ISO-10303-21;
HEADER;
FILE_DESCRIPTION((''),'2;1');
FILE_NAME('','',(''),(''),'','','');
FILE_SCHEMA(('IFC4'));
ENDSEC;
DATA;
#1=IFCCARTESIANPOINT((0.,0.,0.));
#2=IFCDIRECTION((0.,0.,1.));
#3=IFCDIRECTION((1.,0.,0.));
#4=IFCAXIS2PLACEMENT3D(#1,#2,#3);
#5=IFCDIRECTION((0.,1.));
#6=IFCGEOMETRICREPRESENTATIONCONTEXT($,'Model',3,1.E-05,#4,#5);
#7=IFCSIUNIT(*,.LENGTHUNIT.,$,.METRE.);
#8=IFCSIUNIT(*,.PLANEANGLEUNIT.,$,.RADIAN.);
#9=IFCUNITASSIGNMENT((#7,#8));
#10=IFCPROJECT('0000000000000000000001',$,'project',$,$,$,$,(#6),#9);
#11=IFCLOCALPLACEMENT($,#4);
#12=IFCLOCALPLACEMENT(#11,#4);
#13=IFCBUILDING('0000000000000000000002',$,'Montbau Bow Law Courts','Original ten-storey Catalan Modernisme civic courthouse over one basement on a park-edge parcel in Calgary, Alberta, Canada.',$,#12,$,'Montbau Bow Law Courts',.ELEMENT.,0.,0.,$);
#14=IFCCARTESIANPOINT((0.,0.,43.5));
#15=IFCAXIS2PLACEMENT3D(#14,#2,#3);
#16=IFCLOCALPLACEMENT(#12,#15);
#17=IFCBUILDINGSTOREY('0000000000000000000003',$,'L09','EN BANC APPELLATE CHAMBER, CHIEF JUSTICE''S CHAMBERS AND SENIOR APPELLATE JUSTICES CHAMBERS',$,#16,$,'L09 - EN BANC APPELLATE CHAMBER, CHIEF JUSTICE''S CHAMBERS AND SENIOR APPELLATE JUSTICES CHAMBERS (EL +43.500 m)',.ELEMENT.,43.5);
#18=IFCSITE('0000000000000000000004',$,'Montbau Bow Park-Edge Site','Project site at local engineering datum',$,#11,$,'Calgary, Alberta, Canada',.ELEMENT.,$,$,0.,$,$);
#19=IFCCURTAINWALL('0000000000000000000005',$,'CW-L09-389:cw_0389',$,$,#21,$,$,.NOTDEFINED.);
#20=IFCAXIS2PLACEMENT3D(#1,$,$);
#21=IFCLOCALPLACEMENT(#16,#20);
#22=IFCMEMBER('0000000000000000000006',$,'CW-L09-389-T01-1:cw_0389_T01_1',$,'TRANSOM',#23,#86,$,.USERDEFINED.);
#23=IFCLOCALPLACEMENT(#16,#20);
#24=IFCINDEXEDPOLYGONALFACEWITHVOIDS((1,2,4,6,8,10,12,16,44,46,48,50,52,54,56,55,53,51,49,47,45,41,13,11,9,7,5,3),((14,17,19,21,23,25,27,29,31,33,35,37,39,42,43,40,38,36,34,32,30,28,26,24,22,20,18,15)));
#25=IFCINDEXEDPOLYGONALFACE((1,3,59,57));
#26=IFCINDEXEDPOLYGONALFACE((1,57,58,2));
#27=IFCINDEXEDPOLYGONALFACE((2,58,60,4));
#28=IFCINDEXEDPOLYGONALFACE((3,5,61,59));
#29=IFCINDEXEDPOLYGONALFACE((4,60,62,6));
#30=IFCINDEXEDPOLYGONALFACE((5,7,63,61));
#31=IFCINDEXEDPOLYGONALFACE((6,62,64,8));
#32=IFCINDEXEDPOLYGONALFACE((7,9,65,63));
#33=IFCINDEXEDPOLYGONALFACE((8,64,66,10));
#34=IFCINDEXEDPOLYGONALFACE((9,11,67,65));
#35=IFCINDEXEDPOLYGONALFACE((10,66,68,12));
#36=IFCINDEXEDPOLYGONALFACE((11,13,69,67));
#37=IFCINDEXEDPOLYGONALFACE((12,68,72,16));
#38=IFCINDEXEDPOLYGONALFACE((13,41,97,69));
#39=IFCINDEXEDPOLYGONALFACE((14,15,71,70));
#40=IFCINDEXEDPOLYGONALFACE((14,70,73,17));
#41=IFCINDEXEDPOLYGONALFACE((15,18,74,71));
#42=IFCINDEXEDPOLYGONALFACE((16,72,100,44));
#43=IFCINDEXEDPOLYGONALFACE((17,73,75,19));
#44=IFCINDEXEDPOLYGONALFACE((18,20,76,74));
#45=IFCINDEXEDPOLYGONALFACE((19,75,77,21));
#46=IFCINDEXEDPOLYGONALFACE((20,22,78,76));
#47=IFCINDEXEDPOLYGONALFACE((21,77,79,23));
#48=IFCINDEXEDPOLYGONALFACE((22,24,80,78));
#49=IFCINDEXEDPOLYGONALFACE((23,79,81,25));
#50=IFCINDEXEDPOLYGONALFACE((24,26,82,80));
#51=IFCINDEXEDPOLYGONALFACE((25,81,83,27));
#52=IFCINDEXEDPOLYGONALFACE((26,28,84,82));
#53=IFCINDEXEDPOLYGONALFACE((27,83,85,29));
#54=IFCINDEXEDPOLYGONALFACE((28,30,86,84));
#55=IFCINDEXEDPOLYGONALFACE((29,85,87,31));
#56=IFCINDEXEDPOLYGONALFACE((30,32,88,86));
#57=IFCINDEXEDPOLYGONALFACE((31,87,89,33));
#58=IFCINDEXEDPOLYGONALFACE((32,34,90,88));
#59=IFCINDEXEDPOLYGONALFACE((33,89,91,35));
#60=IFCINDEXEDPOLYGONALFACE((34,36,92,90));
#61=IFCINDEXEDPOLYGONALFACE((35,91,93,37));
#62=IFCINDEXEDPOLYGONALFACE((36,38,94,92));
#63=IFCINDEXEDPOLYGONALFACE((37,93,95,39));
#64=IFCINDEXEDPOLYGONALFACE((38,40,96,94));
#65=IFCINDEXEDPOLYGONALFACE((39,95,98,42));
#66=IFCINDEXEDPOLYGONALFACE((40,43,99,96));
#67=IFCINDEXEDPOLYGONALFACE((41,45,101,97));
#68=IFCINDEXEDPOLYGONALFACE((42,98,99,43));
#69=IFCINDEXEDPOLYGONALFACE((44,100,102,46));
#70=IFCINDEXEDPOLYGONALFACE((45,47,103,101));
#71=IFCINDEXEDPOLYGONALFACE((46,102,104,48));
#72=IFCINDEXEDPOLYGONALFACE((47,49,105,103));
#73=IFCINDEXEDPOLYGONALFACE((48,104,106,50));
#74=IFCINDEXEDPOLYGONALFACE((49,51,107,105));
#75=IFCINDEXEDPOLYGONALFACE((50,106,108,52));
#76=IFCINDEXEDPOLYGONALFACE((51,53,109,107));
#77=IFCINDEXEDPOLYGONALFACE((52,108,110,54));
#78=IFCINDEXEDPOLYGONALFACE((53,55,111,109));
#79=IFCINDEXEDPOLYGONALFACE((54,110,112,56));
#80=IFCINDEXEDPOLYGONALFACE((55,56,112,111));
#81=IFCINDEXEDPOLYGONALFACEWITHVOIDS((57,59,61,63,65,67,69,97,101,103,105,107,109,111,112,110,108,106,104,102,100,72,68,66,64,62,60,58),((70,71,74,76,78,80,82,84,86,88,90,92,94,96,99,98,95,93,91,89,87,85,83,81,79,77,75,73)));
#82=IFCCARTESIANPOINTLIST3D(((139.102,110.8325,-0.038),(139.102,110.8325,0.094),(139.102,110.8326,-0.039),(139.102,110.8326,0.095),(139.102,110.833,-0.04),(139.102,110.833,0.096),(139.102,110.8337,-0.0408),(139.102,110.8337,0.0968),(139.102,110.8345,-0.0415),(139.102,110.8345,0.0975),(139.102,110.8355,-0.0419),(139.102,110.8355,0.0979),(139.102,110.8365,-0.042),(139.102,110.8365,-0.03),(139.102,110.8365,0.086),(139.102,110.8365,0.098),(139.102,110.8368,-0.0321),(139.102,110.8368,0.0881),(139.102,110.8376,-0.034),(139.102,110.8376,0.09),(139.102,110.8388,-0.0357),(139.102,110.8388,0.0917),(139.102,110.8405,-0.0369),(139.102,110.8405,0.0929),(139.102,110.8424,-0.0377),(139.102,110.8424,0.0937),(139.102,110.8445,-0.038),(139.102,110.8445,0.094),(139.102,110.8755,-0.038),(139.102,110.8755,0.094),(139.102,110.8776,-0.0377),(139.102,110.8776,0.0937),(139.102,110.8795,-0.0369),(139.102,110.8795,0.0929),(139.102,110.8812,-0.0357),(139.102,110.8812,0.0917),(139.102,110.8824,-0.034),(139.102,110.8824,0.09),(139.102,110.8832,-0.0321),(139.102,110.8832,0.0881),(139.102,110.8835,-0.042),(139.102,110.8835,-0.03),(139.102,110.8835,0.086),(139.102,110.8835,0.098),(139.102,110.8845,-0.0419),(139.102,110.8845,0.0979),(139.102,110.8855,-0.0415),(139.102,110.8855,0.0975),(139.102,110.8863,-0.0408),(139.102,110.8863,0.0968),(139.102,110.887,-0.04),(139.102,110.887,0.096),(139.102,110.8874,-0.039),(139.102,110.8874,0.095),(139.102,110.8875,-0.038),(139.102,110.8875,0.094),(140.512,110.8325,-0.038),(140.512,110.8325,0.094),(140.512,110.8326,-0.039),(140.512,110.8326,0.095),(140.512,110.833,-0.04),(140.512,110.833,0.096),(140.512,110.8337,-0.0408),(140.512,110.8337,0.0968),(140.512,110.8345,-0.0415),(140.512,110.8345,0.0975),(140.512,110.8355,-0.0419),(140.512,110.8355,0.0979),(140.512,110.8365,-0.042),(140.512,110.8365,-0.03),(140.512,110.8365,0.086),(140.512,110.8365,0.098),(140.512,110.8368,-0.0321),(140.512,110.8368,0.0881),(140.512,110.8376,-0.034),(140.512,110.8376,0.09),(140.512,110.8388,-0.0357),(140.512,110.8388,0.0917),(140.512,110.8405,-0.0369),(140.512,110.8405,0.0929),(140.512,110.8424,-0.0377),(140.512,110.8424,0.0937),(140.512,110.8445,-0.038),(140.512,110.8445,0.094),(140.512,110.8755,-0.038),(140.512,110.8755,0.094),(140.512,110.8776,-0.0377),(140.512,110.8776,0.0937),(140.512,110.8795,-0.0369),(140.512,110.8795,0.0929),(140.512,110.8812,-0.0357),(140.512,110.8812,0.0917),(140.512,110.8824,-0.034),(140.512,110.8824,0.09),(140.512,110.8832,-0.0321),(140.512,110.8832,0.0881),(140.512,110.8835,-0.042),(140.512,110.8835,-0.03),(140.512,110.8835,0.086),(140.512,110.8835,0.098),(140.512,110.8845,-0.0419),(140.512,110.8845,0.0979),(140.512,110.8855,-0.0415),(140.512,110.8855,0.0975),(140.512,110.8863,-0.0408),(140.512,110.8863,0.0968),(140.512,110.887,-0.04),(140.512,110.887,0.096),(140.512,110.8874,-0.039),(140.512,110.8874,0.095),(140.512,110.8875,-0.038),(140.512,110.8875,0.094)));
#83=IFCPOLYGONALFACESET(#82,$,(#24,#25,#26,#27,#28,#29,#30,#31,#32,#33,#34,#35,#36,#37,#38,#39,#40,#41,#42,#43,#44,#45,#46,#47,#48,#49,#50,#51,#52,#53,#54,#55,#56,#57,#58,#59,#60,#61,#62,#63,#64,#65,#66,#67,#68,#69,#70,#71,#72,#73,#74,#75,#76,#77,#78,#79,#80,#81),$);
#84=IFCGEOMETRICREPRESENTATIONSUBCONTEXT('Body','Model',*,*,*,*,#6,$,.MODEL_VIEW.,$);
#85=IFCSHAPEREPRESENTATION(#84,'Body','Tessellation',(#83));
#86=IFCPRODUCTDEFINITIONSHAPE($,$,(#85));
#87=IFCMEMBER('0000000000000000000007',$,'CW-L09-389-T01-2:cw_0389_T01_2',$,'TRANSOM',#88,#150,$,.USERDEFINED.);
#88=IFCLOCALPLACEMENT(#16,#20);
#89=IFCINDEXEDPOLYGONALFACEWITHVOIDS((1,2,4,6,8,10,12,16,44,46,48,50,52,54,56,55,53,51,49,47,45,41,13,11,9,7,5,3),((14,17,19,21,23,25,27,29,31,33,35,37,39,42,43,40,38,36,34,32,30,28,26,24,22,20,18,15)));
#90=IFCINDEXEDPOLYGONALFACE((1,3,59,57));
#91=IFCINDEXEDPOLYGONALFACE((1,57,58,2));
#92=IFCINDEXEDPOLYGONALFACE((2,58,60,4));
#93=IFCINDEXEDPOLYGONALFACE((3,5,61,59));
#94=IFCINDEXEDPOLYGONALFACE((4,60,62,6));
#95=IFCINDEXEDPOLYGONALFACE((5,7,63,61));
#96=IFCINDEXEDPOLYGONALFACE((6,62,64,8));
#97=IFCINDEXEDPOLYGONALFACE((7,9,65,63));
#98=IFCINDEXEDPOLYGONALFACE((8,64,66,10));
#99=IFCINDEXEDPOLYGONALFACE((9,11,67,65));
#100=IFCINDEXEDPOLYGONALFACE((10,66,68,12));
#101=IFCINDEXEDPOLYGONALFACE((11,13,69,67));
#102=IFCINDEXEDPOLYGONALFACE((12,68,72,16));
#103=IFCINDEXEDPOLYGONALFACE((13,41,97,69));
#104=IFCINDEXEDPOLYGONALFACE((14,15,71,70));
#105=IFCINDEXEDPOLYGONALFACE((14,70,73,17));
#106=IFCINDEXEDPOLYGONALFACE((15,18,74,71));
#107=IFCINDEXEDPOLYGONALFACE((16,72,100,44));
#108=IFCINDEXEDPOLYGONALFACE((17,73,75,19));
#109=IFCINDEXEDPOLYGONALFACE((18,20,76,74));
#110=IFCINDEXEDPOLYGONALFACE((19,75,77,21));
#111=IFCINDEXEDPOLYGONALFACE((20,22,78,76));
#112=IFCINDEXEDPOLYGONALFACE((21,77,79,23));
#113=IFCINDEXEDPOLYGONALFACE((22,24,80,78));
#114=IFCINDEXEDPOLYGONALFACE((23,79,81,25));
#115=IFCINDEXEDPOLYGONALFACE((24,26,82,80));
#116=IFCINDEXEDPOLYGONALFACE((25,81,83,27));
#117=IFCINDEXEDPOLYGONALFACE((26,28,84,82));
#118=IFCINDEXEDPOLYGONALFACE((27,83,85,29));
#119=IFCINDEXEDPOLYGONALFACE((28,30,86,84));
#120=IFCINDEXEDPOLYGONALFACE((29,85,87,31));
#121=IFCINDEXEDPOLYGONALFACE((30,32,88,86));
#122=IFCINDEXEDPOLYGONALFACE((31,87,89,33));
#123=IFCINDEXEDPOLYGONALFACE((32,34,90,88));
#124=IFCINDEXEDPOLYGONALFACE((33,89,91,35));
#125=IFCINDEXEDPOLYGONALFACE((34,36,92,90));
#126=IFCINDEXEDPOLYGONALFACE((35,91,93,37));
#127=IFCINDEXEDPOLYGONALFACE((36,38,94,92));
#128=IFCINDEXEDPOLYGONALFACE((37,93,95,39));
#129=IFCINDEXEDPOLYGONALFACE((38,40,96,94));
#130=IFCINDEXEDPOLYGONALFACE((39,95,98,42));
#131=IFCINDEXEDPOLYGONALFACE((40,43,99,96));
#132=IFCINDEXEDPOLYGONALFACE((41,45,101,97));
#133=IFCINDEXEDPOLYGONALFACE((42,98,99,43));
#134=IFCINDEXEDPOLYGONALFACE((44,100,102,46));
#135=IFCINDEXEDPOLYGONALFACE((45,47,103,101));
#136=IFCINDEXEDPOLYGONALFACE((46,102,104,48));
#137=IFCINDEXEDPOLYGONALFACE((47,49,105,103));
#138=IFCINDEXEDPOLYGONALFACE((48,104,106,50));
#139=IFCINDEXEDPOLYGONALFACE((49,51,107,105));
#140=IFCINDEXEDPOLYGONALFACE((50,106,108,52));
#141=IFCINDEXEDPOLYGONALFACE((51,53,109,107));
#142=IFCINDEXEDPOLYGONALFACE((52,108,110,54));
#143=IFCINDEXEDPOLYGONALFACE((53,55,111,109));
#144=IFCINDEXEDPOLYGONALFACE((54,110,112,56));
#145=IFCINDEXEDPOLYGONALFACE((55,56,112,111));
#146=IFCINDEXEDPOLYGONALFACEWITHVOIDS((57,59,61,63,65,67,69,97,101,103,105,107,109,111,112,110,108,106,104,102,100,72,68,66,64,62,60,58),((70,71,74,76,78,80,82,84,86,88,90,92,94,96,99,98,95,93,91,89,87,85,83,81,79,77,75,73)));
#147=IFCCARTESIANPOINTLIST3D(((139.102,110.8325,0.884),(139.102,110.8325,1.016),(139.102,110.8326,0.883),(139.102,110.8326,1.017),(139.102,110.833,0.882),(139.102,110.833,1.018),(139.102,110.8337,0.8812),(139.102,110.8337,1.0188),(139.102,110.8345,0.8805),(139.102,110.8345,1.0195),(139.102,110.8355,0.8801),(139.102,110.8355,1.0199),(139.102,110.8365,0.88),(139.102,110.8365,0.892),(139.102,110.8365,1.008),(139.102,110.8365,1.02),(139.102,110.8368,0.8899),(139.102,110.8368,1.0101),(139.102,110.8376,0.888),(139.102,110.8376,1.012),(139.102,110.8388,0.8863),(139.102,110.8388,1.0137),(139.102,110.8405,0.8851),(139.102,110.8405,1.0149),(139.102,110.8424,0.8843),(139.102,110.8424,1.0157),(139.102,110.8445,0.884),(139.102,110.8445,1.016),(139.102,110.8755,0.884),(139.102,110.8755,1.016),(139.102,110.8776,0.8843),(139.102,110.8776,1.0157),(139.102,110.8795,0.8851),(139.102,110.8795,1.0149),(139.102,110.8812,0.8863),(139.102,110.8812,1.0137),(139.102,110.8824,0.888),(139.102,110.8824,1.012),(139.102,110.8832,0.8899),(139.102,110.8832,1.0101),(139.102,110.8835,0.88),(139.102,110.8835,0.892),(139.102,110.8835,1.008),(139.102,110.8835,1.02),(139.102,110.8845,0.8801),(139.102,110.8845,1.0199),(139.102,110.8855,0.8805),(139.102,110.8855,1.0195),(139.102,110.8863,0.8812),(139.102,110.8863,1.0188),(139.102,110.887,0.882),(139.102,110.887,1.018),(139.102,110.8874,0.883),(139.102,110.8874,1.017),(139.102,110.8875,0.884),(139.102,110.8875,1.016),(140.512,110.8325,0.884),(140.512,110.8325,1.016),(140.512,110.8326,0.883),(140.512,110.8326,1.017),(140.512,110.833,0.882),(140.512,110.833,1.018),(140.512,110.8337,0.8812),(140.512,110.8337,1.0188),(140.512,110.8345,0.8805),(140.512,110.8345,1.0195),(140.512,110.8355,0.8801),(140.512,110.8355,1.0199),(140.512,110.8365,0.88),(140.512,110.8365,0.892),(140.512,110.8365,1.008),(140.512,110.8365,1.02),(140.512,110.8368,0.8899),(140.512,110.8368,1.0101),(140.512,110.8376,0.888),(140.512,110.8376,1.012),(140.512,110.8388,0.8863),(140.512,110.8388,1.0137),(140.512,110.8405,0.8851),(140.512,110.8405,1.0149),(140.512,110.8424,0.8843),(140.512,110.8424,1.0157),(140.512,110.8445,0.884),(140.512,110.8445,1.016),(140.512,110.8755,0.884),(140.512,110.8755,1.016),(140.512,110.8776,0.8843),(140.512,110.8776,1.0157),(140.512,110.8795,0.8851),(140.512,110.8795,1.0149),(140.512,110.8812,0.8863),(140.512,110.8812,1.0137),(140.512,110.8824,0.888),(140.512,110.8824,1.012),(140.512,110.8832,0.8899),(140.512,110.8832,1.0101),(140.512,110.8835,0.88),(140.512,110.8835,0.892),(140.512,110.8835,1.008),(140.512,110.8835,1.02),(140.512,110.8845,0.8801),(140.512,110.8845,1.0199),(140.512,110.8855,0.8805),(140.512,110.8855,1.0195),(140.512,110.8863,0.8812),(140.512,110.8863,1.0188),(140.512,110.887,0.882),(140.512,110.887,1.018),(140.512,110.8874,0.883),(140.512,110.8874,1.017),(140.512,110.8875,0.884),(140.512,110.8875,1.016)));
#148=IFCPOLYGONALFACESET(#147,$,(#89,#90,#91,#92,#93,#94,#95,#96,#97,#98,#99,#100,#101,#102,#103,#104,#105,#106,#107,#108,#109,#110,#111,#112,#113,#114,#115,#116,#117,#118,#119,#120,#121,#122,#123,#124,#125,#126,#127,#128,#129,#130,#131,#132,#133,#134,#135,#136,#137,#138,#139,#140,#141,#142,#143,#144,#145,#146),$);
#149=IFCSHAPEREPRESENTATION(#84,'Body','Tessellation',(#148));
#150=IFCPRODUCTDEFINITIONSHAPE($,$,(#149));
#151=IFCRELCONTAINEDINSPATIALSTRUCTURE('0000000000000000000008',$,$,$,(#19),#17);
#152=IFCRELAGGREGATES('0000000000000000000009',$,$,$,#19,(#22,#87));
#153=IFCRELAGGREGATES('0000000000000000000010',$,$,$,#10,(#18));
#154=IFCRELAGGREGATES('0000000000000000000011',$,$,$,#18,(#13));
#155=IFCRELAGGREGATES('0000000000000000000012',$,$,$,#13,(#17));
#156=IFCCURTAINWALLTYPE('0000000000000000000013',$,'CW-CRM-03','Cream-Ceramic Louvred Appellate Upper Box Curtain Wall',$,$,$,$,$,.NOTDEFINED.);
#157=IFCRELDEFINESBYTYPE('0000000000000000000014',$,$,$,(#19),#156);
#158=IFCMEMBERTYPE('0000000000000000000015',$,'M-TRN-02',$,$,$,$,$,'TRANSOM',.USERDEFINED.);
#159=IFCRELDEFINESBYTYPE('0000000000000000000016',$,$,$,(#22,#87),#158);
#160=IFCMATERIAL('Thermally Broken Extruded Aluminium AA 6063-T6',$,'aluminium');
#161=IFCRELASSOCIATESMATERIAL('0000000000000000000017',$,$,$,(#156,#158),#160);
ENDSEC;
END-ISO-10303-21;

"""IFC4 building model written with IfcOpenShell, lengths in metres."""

from ifc_helpers import new_model, si_unit, direction, frame, origin_with_axes, origin_2d_with_axis, place, context, subcontext, project, spatial, hollow_rectangle, extrude, material, material_profile, profile_set, type_object, element, aggregate, save


model = new_model("IFC4")

# Units and contexts
model_context = context("Model", 3, precision=1e-05, world=origin_with_axes(), true_north=direction((0.0, 1.0)))
body_context = subcontext(model_context, "Body", "Model", "MODEL_VIEW")
ifc_project = project(units=[si_unit("LENGTHUNIT", "METRE"), si_unit("PLANEANGLEUNIT", "RADIAN")], contexts=[model_context])

# Site, building, storey
site_placement = place(None, origin_with_axes())
site = spatial("IfcSite", under=ifc_project, at=site_placement, Name="Montbau Bow Park-Edge Site", Description="Project site at local engineering datum", LongName="Calgary, Alberta, Canada", CompositionType="ELEMENT", RefElevation=0.0)
building_placement = place(site_placement, origin_with_axes())
building = spatial("IfcBuilding", under=site, at=building_placement, Name="Montbau Bow Law Courts", Description="Original ten-storey Catalan Modernisme civic courthouse over one basement on a park-edge parcel in Calgary, Alberta, Canada.", LongName="Montbau Bow Law Courts", CompositionType="ELEMENT", ElevationOfRefHeight=0.0, ElevationOfTerrain=0.0)
storey_placement = place(building_placement, frame((0.0, 0.0, 43.5), z_axis=(0.0, 0.0, 1.0), x_axis=(1.0, 0.0, 0.0)))
storey = spatial("IfcBuildingStorey", under=building, at=storey_placement, Name="L09", Description="EN BANC APPELLATE CHAMBER, CHIEF JUSTICE'S CHAMBERS AND SENIOR APPELLATE JUSTICES CHAMBERS", LongName="L09 - EN BANC APPELLATE CHAMBER, CHIEF JUSTICE'S CHAMBERS AND SENIOR APPELLATE JUSTICES CHAMBERS (EL +43.500 m)", CompositionType="ELEMENT", Elevation=43.5)

# Curtain wall
ifc_material_1 = material(Name="Thermally Broken Extruded Aluminium AA 6063-T6", Category="aluminium")
curtain_wall_type = type_object("IfcCurtainWallType", Name="CW-CRM-03", Description="Cream-Ceramic Louvred Appellate Upper Box Curtain Wall", PredefinedType="NOTDEFINED", material=ifc_material_1)
curtain_wall_1_placement = place(None, frame((139.04, 110.86, 43.5), z_axis=(0.0, 0.0, 1.0), x_axis=(1.0, 0.0, 0.0)))
curtain_wall_1 = element("IfcCurtainWall", 1, at=curtain_wall_1_placement, inside=storey, type_object=curtain_wall_type, Name="CW-L09-389:cw_0389", PredefinedType="NOTDEFINED")

# Members
ifc_material_profile_1 = material_profile(ifc_material_1, hollow_rectangle(XDim=0.055, YDim=0.14, WallThickness=0.004, InnerFilletRadius=0.008, OuterFilletRadius=0.004, at=origin_2d_with_axis()), Name="CWT-140X55", Category="Main", Priority=0)
ifc_profile_set_1 = profile_set([ifc_material_profile_1], Name="Thermally Broken Extruded Aluminium AA 6063-T6")
member_type_1 = type_object("IfcMemberType", Name="M-TRN-02", ElementType="TRANSOM", PredefinedType="USERDEFINED", material=ifc_profile_set_1)
member_1_placement = place(None, frame((139.102, 110.86, 43.528), z_axis=(1.0, 0.0, 0.0), x_axis=(0.0, 1.0, 0.0)))
member_1 = element("IfcMember", 2, at=member_1_placement, type_object=member_type_1, Name="CW-L09-389-T01-1:cw_0389_T01_1", ObjectType="TRANSOM", PredefinedType="USERDEFINED", context=body_context, shape_type="SweptSolid", body=[
    extrude(hollow_rectangle(XDim=0.055, YDim=0.14, WallThickness=0.004, InnerFilletRadius=0.008, OuterFilletRadius=0.004, at=origin_2d_with_axis()), origin_with_axes(), (0.0, 0.0, 1.0), 1.41),
])
member_2_placement = place(None, frame((139.102, 110.86, 44.45), z_axis=(1.0, 0.0, 0.0), x_axis=(0.0, 1.0, 0.0)))
member_2 = element("IfcMember", 3, at=member_2_placement, type_object=member_type_1, Name="CW-L09-389-T01-2:cw_0389_T01_2", ObjectType="TRANSOM", PredefinedType="USERDEFINED", context=body_context, shape_type="SweptSolid", body=[
    extrude(hollow_rectangle(XDim=0.055, YDim=0.14, WallThickness=0.004, InnerFilletRadius=0.008, OuterFilletRadius=0.004, at=origin_2d_with_axis()), origin_with_axes(), (0.0, 0.0, 1.0), 1.41),
])

aggregate(curtain_wall_1, [member_1, member_2])

save(model, "model.ifc")
